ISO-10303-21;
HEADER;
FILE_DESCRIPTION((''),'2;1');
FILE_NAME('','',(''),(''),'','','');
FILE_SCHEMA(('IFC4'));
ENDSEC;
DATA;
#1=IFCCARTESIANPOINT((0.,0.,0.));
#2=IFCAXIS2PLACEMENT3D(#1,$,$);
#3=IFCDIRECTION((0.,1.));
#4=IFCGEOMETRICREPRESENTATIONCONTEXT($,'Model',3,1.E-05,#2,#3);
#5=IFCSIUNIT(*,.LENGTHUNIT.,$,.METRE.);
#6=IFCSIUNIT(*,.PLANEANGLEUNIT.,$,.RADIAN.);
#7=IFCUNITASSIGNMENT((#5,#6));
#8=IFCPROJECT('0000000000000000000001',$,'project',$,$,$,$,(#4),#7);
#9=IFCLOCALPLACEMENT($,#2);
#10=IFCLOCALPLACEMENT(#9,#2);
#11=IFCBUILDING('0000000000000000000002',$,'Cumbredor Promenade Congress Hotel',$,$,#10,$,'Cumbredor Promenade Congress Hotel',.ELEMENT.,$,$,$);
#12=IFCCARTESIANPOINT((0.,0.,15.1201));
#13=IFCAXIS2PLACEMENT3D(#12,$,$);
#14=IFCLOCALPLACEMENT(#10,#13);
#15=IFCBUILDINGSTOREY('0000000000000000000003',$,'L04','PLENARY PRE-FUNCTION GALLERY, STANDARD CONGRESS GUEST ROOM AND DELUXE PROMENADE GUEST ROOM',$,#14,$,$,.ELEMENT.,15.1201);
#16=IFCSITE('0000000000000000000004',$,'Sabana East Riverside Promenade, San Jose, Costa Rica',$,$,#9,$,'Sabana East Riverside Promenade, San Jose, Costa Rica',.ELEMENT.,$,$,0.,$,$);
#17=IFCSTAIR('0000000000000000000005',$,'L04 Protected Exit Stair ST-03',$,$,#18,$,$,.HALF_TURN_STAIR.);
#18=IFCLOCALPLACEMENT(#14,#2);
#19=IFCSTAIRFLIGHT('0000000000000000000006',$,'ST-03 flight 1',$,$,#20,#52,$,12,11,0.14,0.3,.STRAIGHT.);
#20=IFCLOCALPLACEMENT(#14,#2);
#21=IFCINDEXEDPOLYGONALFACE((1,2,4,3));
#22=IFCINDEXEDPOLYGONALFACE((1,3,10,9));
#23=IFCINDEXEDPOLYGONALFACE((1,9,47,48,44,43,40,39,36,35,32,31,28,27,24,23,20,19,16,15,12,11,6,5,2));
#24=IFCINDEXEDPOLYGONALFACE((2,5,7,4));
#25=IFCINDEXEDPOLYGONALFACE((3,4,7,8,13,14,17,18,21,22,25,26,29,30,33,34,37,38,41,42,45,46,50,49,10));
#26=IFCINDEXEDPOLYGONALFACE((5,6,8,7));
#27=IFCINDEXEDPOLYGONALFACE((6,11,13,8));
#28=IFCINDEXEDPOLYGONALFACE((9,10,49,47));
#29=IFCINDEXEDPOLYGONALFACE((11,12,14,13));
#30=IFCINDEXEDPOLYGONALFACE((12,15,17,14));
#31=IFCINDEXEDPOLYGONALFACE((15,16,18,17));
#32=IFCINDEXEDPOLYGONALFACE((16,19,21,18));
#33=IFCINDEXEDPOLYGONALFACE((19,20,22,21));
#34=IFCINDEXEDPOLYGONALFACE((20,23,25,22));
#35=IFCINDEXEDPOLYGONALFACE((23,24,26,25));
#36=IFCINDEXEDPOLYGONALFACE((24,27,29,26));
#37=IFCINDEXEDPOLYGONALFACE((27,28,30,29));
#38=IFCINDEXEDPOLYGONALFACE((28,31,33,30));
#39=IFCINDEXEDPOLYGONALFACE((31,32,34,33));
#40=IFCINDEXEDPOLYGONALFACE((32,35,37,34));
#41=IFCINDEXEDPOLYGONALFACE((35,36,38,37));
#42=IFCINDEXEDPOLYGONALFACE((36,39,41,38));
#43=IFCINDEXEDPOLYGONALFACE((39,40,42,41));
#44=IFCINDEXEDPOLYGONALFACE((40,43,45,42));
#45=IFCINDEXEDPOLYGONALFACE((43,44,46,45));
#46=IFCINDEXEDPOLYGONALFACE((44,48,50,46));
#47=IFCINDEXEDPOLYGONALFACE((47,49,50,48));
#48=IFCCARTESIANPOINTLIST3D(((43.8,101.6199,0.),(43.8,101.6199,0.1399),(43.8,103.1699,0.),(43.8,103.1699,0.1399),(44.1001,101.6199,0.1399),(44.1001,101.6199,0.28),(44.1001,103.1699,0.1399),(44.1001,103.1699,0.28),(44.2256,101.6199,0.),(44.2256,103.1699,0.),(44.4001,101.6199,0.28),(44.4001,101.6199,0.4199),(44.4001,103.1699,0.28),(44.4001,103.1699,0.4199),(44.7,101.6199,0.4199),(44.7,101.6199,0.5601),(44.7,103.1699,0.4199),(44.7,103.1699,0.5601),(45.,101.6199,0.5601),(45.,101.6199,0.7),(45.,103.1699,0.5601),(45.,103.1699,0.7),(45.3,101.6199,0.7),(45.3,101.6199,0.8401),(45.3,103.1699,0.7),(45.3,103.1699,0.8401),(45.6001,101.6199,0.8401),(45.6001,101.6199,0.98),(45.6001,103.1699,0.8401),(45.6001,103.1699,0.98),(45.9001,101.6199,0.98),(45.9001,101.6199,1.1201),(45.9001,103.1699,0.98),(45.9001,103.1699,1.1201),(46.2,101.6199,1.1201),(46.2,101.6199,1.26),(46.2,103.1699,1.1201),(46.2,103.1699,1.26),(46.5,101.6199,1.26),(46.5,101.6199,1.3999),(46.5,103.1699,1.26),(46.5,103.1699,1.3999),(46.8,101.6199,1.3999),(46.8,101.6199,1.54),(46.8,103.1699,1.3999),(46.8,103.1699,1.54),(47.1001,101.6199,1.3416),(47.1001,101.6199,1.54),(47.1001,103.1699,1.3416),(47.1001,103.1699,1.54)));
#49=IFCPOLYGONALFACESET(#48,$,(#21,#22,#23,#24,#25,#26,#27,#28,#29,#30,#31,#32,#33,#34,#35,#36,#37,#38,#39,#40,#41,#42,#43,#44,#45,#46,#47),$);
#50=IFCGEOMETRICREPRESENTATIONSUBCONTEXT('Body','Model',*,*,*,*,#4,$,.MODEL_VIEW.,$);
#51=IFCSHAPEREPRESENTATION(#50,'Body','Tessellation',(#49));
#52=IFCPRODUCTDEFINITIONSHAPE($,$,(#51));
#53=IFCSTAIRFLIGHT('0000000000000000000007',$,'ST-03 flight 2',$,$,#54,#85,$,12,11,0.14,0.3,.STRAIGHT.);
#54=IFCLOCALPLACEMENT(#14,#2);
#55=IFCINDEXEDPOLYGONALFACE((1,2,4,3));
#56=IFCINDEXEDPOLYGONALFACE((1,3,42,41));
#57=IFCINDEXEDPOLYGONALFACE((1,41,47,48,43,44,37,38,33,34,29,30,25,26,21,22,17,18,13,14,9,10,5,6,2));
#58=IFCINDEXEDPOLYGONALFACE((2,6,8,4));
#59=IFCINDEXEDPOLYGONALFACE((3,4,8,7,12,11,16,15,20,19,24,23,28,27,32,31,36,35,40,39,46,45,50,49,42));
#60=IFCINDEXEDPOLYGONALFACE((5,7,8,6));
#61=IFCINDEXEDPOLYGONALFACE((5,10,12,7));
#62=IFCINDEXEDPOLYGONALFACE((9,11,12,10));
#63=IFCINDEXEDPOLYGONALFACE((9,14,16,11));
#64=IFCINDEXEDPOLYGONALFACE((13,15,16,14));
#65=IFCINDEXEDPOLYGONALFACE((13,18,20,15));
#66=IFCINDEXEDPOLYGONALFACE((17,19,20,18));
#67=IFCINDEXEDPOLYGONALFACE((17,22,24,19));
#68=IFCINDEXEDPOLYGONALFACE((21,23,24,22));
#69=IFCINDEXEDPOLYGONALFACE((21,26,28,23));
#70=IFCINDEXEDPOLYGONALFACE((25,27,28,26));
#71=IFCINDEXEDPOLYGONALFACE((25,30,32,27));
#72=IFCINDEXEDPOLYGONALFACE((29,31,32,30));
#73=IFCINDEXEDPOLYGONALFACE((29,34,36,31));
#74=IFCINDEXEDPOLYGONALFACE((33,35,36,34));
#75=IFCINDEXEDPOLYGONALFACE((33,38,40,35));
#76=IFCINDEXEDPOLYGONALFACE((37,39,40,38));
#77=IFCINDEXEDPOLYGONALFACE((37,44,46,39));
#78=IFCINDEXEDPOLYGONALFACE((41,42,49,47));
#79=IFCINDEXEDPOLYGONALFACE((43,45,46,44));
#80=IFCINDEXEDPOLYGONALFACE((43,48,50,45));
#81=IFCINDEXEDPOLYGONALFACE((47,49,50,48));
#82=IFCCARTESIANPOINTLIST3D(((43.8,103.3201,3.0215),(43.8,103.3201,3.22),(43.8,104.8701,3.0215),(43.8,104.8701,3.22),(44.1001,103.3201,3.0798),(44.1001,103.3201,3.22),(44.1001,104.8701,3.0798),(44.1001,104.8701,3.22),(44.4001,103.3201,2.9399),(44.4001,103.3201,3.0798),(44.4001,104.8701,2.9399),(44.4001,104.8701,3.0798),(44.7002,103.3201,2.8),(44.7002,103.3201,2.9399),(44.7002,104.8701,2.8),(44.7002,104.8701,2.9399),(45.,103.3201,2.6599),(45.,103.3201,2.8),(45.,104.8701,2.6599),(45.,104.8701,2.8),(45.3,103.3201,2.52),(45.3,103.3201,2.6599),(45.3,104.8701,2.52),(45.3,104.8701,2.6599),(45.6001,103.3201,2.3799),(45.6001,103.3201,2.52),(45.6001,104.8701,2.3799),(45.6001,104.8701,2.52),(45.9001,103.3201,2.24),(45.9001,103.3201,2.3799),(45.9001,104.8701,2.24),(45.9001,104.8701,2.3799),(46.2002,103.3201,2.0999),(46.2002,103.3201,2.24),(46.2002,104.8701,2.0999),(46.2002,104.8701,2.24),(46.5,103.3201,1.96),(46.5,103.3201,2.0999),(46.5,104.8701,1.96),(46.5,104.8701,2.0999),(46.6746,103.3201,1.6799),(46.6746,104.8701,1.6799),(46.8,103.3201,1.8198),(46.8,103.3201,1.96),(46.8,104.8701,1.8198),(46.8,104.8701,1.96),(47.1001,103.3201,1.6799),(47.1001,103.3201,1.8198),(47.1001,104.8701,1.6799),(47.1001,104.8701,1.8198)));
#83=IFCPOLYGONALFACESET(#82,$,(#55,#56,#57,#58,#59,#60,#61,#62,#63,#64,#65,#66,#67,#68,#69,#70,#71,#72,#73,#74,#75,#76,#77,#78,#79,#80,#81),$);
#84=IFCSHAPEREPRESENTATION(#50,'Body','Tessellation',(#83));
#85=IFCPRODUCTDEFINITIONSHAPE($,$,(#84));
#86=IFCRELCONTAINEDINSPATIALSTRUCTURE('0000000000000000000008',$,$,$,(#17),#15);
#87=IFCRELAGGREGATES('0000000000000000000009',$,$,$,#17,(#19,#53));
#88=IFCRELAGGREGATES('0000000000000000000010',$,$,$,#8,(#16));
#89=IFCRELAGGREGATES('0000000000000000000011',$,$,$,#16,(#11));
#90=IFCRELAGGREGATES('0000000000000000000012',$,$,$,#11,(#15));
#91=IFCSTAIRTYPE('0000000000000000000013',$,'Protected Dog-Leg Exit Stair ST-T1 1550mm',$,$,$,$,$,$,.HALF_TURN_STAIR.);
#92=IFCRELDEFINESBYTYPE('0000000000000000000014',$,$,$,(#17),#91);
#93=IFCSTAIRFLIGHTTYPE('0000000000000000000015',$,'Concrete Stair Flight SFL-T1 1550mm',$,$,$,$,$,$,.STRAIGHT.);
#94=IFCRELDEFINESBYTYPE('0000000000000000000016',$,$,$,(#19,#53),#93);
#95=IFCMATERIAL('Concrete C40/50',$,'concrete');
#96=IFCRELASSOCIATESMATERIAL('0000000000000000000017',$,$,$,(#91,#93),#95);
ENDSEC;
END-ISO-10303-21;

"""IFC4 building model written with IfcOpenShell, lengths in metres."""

from ifc_helpers import new_model, si_unit, direction, frame, origin, place, context, subcontext, project, spatial, polyline, outline, extrude, material, type_object, element, aggregate, save


model = new_model("IFC4")

# Units and contexts
model_context = context("Model", 3, precision=1e-05, world=origin(), true_north=direction((0.0, 1.0)))
body_context = subcontext(model_context, "Body", "Model", "MODEL_VIEW")
ifc_project = project(units=[si_unit("LENGTHUNIT", "METRE"), si_unit("PLANEANGLEUNIT", "RADIAN")], contexts=[model_context])

# Site, building, storey
site_placement = place(None, origin())
site = spatial("IfcSite", under=ifc_project, at=site_placement, Name="Sabana East Riverside Promenade, San Jose, Costa Rica", LongName="Sabana East Riverside Promenade, San Jose, Costa Rica", CompositionType="ELEMENT", RefElevation=0.0)
building_placement = place(site_placement, origin())
building = spatial("IfcBuilding", under=site, at=building_placement, Name="Cumbredor Promenade Congress Hotel", LongName="Cumbredor Promenade Congress Hotel", CompositionType="ELEMENT")
storey_placement = place(building_placement, frame((0.0, 0.0, 15.1201)))
storey = spatial("IfcBuildingStorey", under=building, at=storey_placement, Name="L04", Description="PLENARY PRE-FUNCTION GALLERY, STANDARD CONGRESS GUEST ROOM AND DELUXE PROMENADE GUEST ROOM", CompositionType="ELEMENT", Elevation=15.1201)

# Shared definitions
ifc_material_1 = material(Name="Concrete C40/50", Category="concrete")

# Stair, stair flights
stair_type = type_object("IfcStairType", Name="Protected Dog-Leg Exit Stair ST-T1 1550mm", PredefinedType="HALF_TURN_STAIR", material=ifc_material_1)
stair_placement = place(storey_placement, origin())
stair = element("IfcStair", 1, at=stair_placement, inside=storey, type_object=stair_type, Name="L04 Protected Exit Stair ST-03", PredefinedType="HALF_TURN_STAIR")
stair_flight_type = type_object("IfcStairFlightType", Name="Concrete Stair Flight SFL-T1 1550mm", PredefinedType="STRAIGHT", material=ifc_material_1)
stair_flight_1_placement = place(storey_placement, frame((43.8, 102.395, 0.0), z_axis=(0.0, 0.0, 1.0), x_axis=(1.0, 0.0, 0.0)))
stair_flight_1 = element("IfcStairFlight", 2, at=stair_flight_1_placement, type_object=stair_flight_type, Name="ST-03 flight 1", NumberOfRisers=12, NumberOfTreads=11, PredefinedType="STRAIGHT", RiserHeight=0.14, TreadLength=0.3, context=body_context, shape_type="SweptSolid", body=[
    extrude(outline(polyline([(0.0, 0.0), (0.0, 0.1399), (0.3, 0.1399), (0.3, 0.28), (0.6001, 0.28), (0.6001, 0.4199), (0.8999, 0.4199), (0.8999, 0.5601), (1.2, 0.5601), (1.2, 0.7), (1.5, 0.7), (1.5, 0.8401), (1.8, 0.8401), (1.8, 0.98), (2.1001, 0.98), (2.1001, 1.1201), (2.3999, 1.1201), (2.3999, 1.26), (2.7, 1.26), (2.7, 1.3999), (3.0, 1.3999), (3.0, 1.54), (3.3, 1.54), (3.3, 1.6799), (3.3, 1.3416), (0.4255, 0.0), (0.0, 0.0)])), frame((0.0, 0.7749, 0.0), z_axis=(0.0, -1.0, 0.0), x_axis=(1.0, 0.0, 0.0)), (0.0, 0.0, 1.0), 1.55),
])
stair_flight_2_placement = place(storey_placement, frame((47.1001, 104.095, 1.6799), z_axis=(0.0, 0.0, 1.0), x_axis=(-1.0, 0.0, 0.0)))
stair_flight_2 = element("IfcStairFlight", 3, at=stair_flight_2_placement, type_object=stair_flight_type, Name="ST-03 flight 2", NumberOfRisers=12, NumberOfTreads=11, PredefinedType="STRAIGHT", RiserHeight=0.14, TreadLength=0.3, context=body_context, shape_type="SweptSolid", body=[
    extrude(outline(polyline([(0.0, 0.0), (0.0, 0.1399), (0.3, 0.1399), (0.3, 0.28), (0.6001, 0.28), (0.6001, 0.4199), (0.8999, 0.4199), (0.8999, 0.5601), (1.2, 0.5601), (1.2, 0.7), (1.5, 0.7), (1.5, 0.8401), (1.8, 0.8401), (1.8, 0.98), (2.1001, 0.98), (2.1001, 1.1201), (2.3999, 1.1201), (2.3999, 1.26), (2.7, 1.26), (2.7, 1.3999), (3.0, 1.3999), (3.0, 1.54), (3.3, 1.54), (3.3, 1.6799), (3.3, 1.3416), (0.4255, 0.0), (0.0, 0.0)])), frame((0.0, 0.7749, 0.0), z_axis=(0.0, -1.0, 0.0), x_axis=(1.0, 0.0, 0.0)), (0.0, 0.0, 1.0), 1.55),
])
aggregate(stair, [stair_flight_1, stair_flight_2])

save(model, "model.ifc")
